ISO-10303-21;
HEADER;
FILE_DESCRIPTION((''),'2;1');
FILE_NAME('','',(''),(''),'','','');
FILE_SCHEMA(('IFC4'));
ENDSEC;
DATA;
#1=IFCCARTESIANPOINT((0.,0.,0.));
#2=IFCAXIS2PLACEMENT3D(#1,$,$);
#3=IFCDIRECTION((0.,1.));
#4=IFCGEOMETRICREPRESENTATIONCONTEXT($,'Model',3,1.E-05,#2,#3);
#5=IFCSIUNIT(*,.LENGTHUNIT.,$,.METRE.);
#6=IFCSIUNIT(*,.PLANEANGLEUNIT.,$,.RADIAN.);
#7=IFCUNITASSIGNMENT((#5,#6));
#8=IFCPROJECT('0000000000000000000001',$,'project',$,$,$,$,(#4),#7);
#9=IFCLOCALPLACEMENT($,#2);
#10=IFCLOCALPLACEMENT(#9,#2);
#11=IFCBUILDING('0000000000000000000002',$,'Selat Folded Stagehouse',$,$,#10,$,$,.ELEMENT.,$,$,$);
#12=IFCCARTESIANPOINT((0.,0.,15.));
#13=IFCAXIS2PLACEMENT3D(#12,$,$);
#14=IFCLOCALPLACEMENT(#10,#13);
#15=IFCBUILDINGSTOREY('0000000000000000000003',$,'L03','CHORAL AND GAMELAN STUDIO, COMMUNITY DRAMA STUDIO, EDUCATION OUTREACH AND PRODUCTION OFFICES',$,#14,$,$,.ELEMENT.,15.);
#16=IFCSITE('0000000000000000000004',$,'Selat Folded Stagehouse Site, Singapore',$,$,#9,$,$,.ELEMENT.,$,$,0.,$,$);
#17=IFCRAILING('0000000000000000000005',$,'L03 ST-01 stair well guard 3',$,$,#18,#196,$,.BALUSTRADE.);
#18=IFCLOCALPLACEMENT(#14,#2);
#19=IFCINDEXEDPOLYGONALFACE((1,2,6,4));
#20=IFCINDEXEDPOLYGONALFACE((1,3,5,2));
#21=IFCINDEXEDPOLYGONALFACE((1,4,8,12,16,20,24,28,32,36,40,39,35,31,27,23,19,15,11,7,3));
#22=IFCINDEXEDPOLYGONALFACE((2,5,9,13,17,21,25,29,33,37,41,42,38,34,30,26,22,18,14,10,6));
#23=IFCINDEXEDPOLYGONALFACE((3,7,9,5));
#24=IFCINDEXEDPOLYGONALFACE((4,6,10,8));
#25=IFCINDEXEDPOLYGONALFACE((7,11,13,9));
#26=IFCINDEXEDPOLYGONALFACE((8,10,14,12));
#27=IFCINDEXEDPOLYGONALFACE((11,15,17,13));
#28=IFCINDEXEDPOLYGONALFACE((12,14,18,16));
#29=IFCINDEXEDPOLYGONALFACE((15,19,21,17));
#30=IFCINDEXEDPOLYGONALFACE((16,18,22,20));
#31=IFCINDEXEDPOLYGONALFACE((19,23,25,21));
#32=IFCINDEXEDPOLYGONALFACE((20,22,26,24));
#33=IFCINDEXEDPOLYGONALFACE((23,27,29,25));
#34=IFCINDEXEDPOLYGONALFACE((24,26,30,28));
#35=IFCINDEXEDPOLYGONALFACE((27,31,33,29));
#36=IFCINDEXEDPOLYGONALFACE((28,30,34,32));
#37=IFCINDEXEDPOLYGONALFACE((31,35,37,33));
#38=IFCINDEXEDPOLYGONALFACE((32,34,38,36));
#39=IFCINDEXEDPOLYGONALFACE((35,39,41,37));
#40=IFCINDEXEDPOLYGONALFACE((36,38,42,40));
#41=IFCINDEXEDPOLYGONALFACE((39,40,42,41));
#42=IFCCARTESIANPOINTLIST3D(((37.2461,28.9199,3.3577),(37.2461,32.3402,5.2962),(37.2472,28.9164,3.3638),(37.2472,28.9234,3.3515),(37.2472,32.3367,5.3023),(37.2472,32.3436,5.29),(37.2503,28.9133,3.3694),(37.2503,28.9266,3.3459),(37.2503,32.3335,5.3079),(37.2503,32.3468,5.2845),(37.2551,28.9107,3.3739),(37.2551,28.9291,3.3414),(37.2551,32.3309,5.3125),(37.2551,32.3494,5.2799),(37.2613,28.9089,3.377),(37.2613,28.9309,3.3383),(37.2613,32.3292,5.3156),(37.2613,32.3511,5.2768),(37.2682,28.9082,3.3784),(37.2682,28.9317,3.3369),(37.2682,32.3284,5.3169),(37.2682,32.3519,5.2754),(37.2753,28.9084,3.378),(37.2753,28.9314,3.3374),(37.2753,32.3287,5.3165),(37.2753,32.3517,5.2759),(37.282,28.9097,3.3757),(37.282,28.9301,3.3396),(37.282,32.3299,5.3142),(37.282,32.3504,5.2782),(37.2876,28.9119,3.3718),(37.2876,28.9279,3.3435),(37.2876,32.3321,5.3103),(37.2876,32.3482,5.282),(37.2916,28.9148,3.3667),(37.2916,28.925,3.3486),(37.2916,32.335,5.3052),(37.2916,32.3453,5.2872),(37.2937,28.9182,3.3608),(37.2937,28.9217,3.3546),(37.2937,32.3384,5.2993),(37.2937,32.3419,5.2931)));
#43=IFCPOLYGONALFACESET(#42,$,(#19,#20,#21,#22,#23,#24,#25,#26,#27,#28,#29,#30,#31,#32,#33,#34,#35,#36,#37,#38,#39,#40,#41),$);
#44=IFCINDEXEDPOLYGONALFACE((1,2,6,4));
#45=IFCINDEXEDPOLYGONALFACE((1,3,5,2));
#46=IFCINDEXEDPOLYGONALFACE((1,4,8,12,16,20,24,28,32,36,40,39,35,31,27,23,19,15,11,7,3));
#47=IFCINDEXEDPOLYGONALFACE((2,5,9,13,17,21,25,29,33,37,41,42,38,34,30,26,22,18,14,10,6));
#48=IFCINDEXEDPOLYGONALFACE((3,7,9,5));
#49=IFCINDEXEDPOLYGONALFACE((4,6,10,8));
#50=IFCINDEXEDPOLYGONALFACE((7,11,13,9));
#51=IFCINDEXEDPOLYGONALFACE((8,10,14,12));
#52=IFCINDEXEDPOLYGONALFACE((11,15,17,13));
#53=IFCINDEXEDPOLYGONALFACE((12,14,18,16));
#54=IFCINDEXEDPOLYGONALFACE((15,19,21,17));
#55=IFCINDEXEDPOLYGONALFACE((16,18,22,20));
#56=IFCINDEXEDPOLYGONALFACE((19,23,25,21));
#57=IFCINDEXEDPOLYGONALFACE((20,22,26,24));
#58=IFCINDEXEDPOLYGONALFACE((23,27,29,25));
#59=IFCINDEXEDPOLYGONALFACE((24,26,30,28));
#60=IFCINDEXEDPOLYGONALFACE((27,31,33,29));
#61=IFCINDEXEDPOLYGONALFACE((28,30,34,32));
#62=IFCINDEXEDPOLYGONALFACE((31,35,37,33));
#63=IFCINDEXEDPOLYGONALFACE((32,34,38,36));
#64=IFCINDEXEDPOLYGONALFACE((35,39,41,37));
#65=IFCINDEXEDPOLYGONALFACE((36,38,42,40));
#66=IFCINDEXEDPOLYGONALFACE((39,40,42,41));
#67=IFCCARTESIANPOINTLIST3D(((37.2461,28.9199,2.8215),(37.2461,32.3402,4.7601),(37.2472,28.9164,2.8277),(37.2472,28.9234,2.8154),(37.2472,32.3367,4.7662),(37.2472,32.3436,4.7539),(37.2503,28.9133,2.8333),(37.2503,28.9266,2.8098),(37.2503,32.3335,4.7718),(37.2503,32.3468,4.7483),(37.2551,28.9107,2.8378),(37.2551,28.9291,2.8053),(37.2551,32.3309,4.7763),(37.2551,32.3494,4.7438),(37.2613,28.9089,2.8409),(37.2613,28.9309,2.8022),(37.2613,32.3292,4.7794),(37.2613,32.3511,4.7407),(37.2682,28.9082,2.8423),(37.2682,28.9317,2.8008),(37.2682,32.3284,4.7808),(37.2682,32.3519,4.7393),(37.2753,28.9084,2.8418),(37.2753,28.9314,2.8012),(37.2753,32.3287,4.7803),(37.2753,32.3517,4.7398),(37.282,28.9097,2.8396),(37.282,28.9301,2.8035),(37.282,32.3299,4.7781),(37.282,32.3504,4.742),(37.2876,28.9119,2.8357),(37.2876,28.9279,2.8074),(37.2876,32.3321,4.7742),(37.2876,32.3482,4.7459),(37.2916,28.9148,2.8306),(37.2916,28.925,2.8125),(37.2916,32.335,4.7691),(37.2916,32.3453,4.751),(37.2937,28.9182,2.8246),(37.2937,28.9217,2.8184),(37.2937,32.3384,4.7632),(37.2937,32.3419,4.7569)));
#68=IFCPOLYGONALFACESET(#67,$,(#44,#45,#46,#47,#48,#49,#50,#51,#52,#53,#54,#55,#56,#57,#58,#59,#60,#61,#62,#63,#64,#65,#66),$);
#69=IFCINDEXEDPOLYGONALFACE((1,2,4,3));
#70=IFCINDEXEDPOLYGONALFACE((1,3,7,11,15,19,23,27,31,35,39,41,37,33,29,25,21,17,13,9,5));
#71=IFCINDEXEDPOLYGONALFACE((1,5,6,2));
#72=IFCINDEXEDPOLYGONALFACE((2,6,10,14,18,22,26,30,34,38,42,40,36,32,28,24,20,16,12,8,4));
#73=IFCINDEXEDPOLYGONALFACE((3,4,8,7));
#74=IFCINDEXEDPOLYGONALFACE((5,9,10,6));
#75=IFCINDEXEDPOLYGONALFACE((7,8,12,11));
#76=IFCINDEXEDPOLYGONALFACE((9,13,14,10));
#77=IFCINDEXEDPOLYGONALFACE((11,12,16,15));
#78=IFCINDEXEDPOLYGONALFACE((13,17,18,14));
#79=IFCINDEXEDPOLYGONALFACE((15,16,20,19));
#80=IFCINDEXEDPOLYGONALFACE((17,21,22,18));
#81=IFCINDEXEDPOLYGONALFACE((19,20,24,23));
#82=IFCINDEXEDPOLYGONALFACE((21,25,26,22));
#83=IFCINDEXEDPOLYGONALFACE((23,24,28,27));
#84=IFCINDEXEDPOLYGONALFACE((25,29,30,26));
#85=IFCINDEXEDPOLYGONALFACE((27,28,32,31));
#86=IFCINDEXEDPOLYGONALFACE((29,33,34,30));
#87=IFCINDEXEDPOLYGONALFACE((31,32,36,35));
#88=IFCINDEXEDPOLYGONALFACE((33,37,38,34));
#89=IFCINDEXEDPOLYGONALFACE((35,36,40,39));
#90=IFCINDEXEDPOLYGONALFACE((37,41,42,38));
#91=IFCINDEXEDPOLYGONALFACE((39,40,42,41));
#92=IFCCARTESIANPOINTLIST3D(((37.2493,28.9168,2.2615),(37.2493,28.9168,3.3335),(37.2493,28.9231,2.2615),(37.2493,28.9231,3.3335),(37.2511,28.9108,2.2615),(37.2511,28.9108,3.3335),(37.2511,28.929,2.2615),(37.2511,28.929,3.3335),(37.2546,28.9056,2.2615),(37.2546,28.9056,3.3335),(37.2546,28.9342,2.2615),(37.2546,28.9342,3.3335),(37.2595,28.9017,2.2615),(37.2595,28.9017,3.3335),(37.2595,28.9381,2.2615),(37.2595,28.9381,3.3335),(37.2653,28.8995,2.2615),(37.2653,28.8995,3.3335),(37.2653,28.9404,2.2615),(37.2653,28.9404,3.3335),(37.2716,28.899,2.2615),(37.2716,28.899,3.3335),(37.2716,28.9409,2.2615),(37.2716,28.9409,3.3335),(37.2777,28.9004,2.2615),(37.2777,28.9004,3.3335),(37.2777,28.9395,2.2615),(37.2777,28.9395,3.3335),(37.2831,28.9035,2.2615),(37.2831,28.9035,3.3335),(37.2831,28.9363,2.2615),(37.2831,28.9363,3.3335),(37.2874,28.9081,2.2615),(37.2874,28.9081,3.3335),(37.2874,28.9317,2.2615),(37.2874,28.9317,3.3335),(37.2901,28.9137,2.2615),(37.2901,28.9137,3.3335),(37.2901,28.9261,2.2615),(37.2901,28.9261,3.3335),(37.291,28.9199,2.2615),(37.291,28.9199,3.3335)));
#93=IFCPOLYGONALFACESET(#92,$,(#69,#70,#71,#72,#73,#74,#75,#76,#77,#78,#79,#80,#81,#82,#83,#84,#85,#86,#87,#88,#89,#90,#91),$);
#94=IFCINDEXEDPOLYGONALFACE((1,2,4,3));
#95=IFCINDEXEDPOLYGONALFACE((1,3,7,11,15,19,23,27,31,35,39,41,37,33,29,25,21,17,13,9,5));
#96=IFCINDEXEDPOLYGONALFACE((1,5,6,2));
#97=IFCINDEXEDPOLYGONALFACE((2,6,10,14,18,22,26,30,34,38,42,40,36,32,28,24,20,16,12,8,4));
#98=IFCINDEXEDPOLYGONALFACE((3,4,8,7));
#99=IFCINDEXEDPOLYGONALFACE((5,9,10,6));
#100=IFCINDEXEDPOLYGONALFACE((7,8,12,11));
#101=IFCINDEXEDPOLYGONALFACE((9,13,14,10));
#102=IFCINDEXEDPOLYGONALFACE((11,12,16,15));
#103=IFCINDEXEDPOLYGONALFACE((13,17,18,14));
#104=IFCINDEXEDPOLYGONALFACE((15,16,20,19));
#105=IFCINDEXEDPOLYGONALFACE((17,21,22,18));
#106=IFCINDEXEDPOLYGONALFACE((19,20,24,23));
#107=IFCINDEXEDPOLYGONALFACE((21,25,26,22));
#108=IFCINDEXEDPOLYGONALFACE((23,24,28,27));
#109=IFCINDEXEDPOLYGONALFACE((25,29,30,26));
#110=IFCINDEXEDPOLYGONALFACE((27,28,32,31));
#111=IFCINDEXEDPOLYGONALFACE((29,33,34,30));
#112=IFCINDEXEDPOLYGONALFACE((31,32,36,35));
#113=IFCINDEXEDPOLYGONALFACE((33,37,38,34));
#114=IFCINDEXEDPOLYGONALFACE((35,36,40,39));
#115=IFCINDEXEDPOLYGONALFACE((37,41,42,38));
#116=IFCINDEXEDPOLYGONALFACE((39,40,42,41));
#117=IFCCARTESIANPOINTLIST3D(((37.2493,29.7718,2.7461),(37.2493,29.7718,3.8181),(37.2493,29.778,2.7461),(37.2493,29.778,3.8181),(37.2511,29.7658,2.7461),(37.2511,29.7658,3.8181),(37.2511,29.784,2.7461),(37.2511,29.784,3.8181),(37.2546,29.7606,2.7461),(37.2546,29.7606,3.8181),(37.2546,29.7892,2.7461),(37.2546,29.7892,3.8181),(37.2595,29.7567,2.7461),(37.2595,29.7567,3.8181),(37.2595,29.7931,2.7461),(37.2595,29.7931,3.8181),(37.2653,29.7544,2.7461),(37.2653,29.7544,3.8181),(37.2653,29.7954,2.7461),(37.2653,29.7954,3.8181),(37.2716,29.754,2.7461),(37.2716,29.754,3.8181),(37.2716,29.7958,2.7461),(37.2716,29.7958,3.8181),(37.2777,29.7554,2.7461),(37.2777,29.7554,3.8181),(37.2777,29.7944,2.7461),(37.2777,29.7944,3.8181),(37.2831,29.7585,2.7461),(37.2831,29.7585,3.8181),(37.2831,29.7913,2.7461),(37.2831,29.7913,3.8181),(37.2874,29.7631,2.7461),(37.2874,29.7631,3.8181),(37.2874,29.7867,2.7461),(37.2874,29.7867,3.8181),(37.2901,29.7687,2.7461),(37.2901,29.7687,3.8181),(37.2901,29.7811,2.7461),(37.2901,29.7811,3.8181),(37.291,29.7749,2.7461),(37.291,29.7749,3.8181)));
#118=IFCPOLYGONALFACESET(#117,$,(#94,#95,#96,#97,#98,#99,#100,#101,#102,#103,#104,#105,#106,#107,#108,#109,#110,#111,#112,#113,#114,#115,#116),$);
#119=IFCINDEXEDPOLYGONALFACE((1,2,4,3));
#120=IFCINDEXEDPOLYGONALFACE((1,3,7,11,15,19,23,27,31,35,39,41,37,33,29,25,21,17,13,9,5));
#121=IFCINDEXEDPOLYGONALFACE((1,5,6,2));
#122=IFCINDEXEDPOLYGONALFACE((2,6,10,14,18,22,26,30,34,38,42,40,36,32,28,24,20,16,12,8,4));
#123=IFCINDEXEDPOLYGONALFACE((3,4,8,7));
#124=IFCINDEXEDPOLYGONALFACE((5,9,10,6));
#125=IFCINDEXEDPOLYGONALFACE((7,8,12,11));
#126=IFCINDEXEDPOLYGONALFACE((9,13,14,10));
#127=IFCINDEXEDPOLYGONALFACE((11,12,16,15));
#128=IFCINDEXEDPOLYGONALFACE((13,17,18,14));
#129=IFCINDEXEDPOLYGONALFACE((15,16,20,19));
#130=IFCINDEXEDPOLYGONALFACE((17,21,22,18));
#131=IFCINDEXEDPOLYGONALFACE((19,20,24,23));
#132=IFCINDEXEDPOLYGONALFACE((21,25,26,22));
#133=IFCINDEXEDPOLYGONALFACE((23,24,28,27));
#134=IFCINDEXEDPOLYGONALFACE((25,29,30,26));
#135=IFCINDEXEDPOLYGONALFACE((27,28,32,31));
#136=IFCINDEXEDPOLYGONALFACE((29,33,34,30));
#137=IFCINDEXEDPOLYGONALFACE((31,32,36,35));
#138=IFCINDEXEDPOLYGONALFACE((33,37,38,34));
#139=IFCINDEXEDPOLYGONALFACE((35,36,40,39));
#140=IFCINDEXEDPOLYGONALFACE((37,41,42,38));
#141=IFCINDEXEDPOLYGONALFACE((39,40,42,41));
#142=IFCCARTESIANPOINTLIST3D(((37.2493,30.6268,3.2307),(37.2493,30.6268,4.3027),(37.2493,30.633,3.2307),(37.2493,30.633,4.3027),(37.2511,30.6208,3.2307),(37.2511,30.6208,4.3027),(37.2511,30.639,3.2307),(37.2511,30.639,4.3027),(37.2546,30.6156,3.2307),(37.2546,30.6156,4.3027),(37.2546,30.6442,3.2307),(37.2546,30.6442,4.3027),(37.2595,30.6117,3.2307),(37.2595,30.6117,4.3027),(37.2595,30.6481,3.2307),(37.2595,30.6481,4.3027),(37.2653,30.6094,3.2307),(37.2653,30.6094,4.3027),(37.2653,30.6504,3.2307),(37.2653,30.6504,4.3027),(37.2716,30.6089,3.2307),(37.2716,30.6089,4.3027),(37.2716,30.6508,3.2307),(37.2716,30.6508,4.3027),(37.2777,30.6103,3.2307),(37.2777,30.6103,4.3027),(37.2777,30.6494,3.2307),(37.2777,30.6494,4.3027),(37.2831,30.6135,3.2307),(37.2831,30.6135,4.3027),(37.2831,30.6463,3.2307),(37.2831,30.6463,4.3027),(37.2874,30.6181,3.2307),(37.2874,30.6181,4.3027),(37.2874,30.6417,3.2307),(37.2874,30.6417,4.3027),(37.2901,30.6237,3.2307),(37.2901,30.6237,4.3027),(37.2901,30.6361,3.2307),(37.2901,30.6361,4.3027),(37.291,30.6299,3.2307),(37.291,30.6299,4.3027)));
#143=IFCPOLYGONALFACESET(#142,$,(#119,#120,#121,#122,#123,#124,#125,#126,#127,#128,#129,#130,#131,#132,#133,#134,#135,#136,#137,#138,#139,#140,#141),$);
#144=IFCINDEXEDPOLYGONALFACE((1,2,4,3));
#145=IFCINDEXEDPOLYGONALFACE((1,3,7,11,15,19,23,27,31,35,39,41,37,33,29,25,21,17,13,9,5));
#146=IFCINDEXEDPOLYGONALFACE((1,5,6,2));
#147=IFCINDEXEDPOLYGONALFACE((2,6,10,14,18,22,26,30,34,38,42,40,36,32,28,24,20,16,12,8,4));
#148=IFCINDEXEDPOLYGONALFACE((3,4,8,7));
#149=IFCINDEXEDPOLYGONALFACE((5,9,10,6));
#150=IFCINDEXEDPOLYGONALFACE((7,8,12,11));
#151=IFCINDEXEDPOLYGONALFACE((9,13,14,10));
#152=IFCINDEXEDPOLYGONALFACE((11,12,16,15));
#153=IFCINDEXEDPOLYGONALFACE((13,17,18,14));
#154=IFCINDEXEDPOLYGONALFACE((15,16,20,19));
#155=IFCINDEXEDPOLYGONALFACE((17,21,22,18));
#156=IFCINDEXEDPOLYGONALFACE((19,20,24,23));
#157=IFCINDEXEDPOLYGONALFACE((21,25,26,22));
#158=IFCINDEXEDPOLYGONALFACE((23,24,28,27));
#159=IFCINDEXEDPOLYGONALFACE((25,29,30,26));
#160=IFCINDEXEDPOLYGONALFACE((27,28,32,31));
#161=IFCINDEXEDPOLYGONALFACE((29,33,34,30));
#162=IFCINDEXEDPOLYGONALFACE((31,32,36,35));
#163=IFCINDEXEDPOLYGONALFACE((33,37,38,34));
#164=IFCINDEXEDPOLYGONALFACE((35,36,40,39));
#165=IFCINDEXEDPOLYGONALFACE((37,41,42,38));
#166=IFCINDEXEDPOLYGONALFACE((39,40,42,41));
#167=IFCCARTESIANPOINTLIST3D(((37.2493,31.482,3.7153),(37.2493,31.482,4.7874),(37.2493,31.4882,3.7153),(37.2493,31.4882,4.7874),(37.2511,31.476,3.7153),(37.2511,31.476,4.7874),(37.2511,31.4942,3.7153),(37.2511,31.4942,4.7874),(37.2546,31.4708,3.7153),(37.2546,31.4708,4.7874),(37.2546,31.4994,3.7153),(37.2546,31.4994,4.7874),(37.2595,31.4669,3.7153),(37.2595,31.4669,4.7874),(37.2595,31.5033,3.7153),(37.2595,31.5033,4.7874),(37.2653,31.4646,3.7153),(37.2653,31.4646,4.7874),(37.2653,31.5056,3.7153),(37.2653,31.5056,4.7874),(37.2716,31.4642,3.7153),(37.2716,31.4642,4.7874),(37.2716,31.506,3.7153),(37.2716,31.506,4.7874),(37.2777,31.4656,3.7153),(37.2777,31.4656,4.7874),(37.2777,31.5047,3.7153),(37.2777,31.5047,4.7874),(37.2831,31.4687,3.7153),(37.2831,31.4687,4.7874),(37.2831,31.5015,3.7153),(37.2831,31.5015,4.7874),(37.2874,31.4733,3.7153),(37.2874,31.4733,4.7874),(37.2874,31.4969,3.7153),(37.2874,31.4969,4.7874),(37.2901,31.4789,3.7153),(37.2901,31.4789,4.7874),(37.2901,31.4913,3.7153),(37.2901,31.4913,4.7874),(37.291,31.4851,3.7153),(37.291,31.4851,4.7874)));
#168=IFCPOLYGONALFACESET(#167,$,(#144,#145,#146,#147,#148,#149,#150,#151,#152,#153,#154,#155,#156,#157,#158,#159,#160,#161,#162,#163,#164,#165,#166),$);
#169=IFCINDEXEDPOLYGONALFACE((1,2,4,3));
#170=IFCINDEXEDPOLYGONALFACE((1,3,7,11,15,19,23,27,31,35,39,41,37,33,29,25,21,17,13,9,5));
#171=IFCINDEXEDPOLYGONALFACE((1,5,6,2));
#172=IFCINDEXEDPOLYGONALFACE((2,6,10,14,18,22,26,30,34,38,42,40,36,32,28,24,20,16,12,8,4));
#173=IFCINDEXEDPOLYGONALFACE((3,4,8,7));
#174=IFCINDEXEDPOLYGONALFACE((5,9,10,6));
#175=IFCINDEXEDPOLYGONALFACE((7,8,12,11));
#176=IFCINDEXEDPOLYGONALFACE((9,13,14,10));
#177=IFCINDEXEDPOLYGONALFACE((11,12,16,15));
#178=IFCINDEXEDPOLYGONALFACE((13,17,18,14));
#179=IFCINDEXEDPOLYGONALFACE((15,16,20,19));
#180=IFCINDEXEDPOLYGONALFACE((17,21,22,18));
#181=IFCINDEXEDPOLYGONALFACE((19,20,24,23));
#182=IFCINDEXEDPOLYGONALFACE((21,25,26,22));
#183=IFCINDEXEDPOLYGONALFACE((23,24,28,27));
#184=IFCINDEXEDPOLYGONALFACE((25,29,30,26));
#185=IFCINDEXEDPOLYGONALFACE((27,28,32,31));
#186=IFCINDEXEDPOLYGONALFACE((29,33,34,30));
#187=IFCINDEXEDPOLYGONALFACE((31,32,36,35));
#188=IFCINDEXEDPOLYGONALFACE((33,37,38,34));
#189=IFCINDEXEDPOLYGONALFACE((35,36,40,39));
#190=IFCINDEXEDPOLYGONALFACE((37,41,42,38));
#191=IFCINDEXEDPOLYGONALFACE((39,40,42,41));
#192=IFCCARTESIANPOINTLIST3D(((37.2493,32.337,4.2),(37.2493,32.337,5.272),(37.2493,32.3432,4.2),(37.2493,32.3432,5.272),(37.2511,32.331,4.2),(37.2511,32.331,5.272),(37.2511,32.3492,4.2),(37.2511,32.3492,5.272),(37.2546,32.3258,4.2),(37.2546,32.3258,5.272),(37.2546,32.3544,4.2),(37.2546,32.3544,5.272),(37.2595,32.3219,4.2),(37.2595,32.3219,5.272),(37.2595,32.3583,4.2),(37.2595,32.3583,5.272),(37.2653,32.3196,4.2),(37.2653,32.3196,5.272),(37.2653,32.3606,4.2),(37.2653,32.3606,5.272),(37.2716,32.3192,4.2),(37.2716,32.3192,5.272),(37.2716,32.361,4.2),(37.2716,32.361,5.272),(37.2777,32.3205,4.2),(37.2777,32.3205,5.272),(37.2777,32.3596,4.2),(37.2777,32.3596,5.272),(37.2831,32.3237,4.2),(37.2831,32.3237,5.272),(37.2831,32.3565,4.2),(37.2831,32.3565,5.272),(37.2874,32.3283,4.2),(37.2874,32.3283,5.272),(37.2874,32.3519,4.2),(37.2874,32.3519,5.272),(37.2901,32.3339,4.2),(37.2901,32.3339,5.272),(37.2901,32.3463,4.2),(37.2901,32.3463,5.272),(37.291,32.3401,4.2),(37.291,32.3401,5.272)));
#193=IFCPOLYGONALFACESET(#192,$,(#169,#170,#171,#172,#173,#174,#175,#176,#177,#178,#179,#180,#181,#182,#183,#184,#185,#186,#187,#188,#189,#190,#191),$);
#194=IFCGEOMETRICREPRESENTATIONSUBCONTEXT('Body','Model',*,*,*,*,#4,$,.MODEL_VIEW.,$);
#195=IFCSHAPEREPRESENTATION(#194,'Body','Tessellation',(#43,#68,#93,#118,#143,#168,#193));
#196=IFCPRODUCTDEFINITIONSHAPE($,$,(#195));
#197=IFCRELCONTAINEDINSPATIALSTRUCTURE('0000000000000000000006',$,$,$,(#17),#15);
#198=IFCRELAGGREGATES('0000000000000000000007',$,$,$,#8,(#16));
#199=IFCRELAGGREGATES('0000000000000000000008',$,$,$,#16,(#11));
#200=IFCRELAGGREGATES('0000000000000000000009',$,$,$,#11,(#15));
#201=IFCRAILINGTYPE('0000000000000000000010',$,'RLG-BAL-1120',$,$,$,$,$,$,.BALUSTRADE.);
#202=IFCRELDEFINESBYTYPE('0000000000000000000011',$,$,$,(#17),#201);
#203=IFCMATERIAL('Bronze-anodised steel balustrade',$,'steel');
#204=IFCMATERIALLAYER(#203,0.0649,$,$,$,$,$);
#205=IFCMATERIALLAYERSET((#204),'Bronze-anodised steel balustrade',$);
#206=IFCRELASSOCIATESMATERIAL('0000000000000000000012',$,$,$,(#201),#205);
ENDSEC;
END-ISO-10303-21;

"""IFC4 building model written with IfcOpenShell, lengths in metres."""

from ifc_helpers import new_model, si_unit, direction, frame, origin, origin_2d, place, context, subcontext, project, spatial, circle, extrude, material, layer, layer_set, type_object, element, save


model = new_model("IFC4")

# Units and contexts
model_context = context("Model", 3, precision=1e-05, world=origin(), true_north=direction((0.0, 1.0)))
body_context = subcontext(model_context, "Body", "Model", "MODEL_VIEW")
ifc_project = project(units=[si_unit("LENGTHUNIT", "METRE"), si_unit("PLANEANGLEUNIT", "RADIAN")], contexts=[model_context])

# Site, building, storey
site_placement = place(None, origin())
site = spatial("IfcSite", under=ifc_project, at=site_placement, Name="Selat Folded Stagehouse Site, Singapore", CompositionType="ELEMENT", RefElevation=0.0)
building_placement = place(site_placement, origin())
building = spatial("IfcBuilding", under=site, at=building_placement, Name="Selat Folded Stagehouse", CompositionType="ELEMENT")
storey_placement = place(building_placement, frame((0.0, 0.0, 15.0)))
storey = spatial("IfcBuildingStorey", under=building, at=storey_placement, Name="L03", Description="CHORAL AND GAMELAN STUDIO, COMMUNITY DRAMA STUDIO, EDUCATION OUTREACH AND PRODUCTION OFFICES", CompositionType="ELEMENT", Elevation=15.0)

# Railing
ifc_material_1 = material(Name="Bronze-anodised steel balustrade", Category="steel")
ifc_layer_1 = layer(ifc_material_1, 0.0649)
ifc_layer_set_1 = layer_set([ifc_layer_1], Name="Bronze-anodised steel balustrade")
railing_type_1 = type_object("IfcRailingType", Name="RLG-BAL-1120", PredefinedType="BALUSTRADE", material=ifc_layer_set_1)
railing_1_placement = place(storey_placement, frame((37.27, 28.9199, 2.2615)))
element("IfcRailing", 1, at=railing_1_placement, inside=storey, type_object=railing_type_1, Name="L03 ST-01 stair well guard 3", PredefinedType="BALUSTRADE", context=body_context, shape_type="SweptSolid", body=[
    extrude(circle(Radius=0.0239, at=origin_2d()), frame((0.0, 0.0, 1.0962), z_axis=(0.0, 0.86998, 0.493086), x_axis=(-1.0, 0.0, 0.0)), (0.0, 0.0, 1.0), 3.9314),
    extrude(circle(Radius=0.0239, at=origin_2d()), frame((0.0, 0.0, 0.5601), z_axis=(0.0, 0.86998, 0.493086), x_axis=(-1.0, 0.0, 0.0)), (0.0, 0.0, 1.0), 3.9314),
    extrude(circle(Radius=0.021, at=origin_2d()), origin(), (0.0, 0.0, 1.0), 1.072),
    extrude(circle(Radius=0.021, at=origin_2d()), frame((0.0, 0.855, 0.4846)), (0.0, 0.0, 1.0), 1.072),
    extrude(circle(Radius=0.021, at=origin_2d()), frame((0.0, 1.71, 0.9692)), (0.0, 0.0, 1.0), 1.072),
    extrude(circle(Radius=0.021, at=origin_2d()), frame((0.0, 2.5652, 1.4539)), (0.0, 0.0, 1.0), 1.072),
    extrude(circle(Radius=0.021, at=origin_2d()), frame((0.0, 3.4202, 1.9385)), (0.0, 0.0, 1.0), 1.072),
])

save(model, "model.ifc")
